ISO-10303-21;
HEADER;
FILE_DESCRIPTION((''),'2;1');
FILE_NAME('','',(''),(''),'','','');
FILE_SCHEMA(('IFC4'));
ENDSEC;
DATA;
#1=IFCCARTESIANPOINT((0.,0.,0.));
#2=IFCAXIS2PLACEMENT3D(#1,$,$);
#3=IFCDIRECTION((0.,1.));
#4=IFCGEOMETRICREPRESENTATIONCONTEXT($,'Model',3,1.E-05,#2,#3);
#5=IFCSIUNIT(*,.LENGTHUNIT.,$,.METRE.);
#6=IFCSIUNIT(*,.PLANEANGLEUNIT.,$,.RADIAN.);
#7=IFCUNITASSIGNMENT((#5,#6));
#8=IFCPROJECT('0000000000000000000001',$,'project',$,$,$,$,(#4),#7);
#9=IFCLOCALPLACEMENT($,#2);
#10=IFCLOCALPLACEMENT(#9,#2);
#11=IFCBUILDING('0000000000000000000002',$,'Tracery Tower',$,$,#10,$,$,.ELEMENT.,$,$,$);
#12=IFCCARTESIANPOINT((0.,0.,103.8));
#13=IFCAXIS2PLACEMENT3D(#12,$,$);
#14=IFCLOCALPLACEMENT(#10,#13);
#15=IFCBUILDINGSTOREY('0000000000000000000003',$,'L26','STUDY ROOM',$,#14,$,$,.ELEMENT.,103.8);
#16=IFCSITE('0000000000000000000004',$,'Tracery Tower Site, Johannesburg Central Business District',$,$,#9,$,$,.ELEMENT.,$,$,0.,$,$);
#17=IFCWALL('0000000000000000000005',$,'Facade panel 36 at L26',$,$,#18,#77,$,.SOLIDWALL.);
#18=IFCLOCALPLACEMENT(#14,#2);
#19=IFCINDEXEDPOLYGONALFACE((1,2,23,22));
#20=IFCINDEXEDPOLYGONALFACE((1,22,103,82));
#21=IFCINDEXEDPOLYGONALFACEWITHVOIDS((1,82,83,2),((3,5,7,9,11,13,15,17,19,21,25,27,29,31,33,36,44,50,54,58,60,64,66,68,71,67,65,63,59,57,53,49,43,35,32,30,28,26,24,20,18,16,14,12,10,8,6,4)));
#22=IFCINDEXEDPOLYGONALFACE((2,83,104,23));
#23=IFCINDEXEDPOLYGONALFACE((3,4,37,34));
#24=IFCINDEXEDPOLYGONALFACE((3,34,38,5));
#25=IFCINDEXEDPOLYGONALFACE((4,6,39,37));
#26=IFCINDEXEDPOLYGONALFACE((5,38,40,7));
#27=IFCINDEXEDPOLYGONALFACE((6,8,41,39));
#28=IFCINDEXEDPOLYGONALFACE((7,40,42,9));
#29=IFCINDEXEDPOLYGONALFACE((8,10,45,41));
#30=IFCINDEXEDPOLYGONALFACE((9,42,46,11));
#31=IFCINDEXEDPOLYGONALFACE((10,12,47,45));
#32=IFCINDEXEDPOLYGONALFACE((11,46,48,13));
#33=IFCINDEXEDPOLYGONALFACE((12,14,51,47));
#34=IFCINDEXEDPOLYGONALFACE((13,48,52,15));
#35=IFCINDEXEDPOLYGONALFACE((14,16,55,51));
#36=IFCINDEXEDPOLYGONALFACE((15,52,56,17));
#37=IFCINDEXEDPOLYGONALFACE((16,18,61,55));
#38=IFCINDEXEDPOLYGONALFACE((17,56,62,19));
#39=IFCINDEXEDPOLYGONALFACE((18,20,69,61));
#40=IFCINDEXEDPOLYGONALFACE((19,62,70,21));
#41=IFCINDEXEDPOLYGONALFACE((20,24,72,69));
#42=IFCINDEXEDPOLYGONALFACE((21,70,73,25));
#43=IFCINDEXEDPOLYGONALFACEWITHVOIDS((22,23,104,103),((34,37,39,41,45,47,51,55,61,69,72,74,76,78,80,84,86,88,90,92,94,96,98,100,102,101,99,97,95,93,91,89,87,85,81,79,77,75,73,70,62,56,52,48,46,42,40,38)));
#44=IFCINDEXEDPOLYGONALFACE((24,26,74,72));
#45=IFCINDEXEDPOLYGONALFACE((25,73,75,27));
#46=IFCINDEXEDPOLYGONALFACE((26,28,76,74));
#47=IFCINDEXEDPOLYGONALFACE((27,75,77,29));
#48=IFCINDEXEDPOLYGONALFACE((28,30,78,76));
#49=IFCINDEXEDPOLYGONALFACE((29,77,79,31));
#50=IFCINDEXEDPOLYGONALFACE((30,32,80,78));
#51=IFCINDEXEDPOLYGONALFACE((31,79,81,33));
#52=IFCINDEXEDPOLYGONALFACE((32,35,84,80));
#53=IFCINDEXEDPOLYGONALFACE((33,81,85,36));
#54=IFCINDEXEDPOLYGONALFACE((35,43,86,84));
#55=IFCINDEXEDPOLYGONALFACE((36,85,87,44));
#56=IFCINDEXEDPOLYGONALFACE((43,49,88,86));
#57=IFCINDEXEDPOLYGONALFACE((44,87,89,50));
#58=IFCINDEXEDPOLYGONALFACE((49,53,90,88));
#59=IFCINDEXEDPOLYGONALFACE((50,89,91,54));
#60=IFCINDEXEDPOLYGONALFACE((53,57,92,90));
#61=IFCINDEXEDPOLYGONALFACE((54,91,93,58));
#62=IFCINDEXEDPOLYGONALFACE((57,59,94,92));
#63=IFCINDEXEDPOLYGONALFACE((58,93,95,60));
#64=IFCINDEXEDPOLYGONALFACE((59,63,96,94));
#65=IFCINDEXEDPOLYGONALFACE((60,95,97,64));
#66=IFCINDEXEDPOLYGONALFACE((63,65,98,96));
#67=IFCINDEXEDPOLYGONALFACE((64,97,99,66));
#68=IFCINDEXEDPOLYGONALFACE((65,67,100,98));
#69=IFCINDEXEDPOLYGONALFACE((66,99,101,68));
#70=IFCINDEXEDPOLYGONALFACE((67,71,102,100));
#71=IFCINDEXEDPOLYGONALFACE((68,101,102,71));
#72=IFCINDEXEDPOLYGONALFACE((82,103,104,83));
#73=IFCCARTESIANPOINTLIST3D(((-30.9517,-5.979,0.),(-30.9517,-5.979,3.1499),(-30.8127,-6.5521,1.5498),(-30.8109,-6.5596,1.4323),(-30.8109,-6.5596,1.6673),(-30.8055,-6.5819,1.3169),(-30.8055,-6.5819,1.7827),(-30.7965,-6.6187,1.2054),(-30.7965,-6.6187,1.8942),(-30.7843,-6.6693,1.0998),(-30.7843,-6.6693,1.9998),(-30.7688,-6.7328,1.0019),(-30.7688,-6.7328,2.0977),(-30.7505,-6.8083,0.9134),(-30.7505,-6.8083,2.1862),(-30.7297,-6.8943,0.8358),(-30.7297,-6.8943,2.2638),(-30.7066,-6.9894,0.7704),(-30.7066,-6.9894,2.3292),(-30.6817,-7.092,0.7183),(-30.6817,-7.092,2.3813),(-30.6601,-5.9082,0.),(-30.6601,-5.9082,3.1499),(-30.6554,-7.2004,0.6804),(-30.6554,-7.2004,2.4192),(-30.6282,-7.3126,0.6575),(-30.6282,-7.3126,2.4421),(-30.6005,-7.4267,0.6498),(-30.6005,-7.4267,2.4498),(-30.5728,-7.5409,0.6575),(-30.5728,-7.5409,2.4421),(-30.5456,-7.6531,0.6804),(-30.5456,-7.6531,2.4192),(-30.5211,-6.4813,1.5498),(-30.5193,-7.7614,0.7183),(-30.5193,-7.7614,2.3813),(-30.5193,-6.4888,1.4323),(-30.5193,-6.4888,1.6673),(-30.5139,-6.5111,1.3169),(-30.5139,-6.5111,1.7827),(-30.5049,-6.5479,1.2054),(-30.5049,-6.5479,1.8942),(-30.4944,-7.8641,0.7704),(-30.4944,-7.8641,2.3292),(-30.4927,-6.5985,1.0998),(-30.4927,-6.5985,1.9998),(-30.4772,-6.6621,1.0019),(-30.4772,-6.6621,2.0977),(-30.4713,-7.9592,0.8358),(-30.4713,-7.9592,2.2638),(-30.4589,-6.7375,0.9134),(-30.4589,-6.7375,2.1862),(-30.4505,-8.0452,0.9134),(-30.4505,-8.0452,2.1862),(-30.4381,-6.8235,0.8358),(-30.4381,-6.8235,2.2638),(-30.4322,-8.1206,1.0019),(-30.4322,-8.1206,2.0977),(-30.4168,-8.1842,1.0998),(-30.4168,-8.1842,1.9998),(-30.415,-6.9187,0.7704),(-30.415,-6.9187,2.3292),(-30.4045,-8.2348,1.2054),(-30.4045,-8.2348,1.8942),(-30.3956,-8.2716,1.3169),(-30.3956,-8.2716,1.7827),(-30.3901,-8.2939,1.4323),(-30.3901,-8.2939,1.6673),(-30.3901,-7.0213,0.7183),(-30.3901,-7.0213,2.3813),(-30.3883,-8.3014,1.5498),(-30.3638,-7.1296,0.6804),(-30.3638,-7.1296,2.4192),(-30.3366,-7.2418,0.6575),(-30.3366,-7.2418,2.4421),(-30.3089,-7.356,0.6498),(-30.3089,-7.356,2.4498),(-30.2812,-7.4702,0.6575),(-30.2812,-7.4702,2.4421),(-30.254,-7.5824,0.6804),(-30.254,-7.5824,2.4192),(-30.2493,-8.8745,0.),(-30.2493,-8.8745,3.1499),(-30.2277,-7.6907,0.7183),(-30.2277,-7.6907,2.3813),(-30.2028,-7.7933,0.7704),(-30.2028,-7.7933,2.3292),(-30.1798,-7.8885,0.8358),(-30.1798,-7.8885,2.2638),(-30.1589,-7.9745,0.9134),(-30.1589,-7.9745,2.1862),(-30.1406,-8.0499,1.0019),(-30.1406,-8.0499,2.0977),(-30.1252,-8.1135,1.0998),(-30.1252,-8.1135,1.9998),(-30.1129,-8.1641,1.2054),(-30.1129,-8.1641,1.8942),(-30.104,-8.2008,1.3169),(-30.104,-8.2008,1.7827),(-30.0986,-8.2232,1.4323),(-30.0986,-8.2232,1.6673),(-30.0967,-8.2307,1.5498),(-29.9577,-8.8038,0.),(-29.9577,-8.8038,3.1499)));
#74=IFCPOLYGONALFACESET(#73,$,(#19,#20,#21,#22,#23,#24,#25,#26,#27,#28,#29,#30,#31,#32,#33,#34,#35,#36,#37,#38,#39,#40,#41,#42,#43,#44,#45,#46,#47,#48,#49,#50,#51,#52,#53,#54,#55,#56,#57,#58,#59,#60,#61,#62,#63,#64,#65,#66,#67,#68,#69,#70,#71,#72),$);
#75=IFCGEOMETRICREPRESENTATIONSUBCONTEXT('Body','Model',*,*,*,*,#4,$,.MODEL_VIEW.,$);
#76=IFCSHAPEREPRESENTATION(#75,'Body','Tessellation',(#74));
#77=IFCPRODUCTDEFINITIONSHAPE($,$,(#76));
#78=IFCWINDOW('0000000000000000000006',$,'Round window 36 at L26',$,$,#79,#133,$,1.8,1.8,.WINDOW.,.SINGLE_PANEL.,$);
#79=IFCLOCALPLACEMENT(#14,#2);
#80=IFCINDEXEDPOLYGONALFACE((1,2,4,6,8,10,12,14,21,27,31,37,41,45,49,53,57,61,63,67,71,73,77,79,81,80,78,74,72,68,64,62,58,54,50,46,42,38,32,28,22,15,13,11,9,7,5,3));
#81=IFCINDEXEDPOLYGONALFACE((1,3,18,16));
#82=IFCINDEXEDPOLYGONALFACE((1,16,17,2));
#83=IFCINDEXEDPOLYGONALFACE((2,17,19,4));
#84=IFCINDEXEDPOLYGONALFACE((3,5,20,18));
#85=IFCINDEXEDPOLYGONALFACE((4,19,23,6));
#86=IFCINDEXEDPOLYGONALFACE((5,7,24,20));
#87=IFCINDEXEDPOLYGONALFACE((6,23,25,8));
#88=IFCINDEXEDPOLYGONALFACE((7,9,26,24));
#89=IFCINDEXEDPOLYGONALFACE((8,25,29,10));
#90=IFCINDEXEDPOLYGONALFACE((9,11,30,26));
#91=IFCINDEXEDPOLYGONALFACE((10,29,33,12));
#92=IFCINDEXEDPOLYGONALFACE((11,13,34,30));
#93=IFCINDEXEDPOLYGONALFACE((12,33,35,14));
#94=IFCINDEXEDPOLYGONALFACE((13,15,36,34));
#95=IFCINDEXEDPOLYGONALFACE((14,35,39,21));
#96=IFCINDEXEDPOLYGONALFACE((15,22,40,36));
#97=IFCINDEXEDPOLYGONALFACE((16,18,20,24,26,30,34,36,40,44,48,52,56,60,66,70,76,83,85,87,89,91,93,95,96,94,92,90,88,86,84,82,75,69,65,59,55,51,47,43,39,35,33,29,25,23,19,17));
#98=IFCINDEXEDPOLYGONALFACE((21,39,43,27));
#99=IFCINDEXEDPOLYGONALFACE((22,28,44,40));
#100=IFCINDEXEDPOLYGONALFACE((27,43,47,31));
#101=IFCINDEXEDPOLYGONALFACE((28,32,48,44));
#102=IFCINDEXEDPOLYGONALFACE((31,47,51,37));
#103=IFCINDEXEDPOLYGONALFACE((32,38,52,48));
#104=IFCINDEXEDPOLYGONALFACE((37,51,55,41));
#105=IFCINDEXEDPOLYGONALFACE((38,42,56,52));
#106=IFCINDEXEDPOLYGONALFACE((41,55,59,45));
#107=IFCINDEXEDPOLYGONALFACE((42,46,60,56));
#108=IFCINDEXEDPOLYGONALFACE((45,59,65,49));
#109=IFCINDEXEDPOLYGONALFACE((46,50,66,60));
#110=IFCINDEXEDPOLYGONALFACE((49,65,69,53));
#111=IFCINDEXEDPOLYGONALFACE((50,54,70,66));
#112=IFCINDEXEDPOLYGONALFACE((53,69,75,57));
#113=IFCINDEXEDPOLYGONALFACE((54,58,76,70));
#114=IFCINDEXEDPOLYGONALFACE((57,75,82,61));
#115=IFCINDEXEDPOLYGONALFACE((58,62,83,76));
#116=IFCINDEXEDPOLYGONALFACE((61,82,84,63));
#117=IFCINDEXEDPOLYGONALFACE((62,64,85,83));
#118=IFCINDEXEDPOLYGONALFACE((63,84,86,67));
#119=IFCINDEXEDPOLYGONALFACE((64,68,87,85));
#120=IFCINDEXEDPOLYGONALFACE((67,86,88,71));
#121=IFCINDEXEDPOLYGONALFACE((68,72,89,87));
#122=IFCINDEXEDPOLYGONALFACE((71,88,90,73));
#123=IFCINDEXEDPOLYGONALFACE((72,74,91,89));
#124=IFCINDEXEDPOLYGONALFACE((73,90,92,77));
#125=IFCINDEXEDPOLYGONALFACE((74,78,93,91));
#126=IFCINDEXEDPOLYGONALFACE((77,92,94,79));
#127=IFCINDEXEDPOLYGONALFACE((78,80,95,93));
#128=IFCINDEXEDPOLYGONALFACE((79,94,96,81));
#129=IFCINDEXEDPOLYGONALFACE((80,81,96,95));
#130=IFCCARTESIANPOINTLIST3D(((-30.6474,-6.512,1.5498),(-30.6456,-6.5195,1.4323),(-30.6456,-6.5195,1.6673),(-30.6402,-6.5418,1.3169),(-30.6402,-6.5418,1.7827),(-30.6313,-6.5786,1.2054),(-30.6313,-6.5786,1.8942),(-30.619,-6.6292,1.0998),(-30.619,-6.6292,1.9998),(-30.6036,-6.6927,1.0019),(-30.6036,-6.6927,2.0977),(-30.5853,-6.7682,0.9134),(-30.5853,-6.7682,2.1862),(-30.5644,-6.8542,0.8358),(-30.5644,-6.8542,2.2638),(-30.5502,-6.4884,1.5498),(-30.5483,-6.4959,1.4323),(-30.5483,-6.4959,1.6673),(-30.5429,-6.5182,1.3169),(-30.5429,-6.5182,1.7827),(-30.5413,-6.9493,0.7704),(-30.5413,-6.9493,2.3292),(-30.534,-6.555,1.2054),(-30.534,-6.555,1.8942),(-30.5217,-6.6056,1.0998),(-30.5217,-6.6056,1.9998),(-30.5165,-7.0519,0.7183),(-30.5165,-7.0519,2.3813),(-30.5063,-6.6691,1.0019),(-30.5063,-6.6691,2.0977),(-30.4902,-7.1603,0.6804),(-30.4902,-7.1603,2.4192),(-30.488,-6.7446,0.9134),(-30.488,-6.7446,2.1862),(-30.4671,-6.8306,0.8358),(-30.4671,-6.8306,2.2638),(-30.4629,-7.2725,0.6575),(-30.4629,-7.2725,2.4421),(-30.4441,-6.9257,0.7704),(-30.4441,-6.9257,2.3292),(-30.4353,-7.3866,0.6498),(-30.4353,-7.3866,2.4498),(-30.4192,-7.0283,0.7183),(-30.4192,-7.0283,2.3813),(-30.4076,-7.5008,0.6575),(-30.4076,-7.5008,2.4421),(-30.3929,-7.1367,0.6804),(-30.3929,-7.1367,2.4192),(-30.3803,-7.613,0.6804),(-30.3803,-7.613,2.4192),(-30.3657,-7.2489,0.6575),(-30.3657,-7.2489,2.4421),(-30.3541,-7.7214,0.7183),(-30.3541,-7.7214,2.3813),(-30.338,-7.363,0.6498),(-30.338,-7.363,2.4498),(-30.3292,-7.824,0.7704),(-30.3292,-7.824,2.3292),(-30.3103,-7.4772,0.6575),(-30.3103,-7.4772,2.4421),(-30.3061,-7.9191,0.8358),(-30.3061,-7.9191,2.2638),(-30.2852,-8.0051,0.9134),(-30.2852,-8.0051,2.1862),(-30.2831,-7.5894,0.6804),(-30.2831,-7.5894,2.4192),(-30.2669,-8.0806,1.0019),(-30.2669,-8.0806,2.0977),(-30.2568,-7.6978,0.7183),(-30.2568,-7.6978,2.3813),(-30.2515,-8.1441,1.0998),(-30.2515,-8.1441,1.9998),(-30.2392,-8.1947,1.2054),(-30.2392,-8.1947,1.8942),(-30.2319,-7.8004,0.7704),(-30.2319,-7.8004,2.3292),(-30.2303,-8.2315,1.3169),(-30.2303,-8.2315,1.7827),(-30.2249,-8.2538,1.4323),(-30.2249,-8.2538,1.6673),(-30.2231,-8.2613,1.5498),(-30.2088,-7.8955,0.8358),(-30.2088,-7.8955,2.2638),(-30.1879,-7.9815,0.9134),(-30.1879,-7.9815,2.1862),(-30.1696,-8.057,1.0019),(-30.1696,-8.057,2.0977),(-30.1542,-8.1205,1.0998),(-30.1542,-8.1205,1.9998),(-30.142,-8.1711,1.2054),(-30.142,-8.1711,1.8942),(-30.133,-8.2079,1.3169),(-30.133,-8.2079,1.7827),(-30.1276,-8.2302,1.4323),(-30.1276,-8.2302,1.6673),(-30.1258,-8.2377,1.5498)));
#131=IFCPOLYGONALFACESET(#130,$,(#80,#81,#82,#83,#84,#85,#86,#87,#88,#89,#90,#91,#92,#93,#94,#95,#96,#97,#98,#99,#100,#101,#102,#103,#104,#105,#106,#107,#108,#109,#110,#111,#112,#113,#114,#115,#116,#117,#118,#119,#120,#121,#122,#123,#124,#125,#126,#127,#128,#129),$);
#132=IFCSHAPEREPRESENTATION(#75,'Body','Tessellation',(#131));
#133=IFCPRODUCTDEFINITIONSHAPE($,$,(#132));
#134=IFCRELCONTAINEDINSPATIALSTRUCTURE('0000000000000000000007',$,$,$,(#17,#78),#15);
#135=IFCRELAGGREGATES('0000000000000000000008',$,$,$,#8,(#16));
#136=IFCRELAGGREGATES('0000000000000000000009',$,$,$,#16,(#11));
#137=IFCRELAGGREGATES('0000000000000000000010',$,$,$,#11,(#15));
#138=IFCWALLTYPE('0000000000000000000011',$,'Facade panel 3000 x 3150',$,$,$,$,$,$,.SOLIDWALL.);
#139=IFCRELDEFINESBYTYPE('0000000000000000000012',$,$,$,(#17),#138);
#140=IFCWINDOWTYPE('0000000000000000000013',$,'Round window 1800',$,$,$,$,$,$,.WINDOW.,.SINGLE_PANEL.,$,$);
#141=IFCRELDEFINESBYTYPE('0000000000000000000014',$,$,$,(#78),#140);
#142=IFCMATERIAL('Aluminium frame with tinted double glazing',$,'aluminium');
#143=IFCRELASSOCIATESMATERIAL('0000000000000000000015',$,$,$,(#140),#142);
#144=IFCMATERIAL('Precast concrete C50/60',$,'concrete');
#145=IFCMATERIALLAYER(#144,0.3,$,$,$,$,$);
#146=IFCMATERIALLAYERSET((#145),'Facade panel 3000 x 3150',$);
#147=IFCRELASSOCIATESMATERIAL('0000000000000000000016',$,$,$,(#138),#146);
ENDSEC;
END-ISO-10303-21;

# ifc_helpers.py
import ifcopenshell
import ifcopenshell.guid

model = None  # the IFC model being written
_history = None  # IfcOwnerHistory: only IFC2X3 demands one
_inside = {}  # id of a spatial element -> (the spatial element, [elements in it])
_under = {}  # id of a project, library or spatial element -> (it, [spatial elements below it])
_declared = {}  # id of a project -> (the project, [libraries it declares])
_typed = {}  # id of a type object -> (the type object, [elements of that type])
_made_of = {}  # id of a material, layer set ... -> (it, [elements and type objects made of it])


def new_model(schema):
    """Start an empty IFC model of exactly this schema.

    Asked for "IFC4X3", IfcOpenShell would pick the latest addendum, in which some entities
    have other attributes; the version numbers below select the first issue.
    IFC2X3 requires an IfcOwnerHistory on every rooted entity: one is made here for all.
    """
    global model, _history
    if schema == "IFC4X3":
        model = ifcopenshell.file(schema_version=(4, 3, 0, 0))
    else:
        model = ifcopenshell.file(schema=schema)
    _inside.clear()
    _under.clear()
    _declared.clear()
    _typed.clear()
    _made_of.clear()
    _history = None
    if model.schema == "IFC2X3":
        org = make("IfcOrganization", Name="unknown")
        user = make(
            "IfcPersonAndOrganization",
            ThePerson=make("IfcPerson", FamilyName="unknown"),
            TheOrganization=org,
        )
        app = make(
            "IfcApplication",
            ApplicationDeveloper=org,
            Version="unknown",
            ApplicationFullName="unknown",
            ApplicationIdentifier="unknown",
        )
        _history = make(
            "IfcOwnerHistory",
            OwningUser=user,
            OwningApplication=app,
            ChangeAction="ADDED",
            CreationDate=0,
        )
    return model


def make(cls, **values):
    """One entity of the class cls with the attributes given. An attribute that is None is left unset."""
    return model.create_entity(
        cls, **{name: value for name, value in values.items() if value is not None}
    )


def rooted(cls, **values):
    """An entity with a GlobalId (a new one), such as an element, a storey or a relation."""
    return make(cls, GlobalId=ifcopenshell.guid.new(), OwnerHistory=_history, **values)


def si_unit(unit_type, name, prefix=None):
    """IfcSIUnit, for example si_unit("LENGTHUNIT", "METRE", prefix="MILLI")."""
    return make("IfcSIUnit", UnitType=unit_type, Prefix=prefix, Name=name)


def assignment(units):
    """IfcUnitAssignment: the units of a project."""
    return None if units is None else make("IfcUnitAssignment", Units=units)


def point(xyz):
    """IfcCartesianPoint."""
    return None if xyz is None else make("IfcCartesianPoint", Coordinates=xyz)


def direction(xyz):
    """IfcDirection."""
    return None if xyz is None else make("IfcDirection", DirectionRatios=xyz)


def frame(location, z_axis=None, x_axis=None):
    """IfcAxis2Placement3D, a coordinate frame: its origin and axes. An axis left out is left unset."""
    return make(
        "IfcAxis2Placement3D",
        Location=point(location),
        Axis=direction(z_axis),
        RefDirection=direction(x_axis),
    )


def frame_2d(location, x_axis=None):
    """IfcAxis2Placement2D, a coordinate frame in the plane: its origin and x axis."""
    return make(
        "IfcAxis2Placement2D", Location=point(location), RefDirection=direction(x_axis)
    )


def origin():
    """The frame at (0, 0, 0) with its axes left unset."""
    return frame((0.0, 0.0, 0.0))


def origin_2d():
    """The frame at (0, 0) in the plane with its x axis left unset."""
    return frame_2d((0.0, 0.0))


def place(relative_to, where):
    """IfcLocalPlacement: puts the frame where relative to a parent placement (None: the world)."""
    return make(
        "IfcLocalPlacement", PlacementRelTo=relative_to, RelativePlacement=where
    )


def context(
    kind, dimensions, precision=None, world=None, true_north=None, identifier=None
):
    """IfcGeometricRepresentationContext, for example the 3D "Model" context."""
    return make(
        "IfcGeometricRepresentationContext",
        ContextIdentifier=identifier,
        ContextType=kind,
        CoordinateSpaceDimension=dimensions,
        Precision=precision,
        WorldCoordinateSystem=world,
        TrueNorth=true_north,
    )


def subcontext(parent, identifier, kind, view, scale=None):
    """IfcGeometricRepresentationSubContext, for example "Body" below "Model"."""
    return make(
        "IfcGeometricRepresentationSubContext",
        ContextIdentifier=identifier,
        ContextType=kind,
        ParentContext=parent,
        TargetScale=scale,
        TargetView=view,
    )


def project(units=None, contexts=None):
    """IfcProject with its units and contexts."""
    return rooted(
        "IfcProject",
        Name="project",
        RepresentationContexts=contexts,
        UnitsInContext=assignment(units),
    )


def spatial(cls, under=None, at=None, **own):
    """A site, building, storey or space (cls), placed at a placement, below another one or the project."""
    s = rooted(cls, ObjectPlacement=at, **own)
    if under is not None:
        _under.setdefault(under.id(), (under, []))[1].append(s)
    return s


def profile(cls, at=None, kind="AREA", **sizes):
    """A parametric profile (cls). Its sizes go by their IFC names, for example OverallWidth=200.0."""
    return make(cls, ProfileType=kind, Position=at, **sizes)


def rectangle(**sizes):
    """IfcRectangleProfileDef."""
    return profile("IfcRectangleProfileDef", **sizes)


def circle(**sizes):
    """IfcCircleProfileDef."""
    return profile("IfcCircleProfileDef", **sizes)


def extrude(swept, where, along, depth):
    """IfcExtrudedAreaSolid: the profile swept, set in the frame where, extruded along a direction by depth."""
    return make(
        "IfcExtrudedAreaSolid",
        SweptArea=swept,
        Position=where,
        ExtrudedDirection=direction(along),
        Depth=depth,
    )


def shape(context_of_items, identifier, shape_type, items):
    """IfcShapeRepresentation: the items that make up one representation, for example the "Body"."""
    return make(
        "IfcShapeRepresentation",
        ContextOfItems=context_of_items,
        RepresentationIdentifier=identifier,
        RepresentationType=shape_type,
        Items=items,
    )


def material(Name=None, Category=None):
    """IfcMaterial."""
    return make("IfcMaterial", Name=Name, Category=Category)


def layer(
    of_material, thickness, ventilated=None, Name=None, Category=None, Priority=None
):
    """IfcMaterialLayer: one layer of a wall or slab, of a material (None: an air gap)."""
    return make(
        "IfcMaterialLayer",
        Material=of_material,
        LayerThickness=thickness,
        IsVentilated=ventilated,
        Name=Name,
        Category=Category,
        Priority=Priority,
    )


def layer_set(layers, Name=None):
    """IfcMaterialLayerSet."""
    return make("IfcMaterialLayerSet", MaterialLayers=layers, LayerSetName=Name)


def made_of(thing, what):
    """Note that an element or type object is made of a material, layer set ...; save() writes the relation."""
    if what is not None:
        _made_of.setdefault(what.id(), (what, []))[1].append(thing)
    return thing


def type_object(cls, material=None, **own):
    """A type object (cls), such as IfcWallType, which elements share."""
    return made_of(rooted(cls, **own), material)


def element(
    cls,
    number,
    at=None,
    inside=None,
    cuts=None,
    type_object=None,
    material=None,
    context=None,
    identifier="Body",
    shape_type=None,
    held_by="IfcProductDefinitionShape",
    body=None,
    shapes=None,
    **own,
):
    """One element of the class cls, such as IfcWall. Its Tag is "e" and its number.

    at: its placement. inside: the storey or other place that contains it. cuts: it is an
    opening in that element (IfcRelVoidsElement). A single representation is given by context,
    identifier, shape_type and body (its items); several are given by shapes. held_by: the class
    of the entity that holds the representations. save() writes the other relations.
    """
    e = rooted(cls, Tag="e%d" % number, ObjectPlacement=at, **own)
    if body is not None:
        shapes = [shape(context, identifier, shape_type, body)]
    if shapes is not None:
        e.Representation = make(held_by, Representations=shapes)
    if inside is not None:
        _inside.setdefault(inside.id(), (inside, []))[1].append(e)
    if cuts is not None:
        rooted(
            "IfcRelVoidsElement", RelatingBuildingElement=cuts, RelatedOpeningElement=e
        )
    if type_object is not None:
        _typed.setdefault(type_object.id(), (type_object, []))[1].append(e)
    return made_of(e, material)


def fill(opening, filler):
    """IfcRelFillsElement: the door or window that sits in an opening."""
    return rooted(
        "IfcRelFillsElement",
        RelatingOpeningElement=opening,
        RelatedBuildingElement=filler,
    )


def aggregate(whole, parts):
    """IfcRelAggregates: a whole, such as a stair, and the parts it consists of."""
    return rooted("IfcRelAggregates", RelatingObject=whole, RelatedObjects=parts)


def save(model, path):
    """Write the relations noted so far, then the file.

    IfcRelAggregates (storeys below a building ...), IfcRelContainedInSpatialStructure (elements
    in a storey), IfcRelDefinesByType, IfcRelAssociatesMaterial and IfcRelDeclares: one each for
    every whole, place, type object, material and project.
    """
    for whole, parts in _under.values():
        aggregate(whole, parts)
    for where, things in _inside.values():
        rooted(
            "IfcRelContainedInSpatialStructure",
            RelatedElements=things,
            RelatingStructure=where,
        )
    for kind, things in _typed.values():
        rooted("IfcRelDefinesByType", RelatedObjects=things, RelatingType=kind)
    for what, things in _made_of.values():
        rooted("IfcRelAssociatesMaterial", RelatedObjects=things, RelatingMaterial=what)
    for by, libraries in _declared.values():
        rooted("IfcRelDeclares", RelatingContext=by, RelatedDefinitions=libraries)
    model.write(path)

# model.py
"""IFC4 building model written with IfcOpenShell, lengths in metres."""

from ifc_helpers import new_model, si_unit, direction, frame, frame_2d, origin, origin_2d, place, context, subcontext, project, spatial, rectangle, circle, extrude, material, layer, layer_set, type_object, element, fill, save


model = new_model("IFC4")

# Units and contexts
model_context = context("Model", 3, precision=1e-05, world=origin(), true_north=direction((0.0, 1.0)))
body_context = subcontext(model_context, "Body", "Model", "MODEL_VIEW")
ifc_project = project(units=[si_unit("LENGTHUNIT", "METRE"), si_unit("PLANEANGLEUNIT", "RADIAN")], contexts=[model_context])

# Site, building, storey
site_placement = place(None, origin())
site = spatial("IfcSite", under=ifc_project, at=site_placement, Name="Tracery Tower Site, Johannesburg Central Business District", CompositionType="ELEMENT", RefElevation=0.0)
building_placement = place(site_placement, origin())
building = spatial("IfcBuilding", under=site, at=building_placement, Name="Tracery Tower", CompositionType="ELEMENT")
storey_placement = place(building_placement, frame((0.0, 0.0, 103.8)))
storey = spatial("IfcBuildingStorey", under=building, at=storey_placement, Name="L26", Description="STUDY ROOM", CompositionType="ELEMENT", Elevation=103.8)

# Wall, opening, window
ifc_material_1 = material(Name="Aluminium frame with tinted double glazing", Category="aluminium")
window_type = type_object("IfcWindowType", Name="Round window 1800", PartitioningType="SINGLE_PANEL", PredefinedType="WINDOW", material=ifc_material_1)
ifc_material_2 = material(Name="Precast concrete C50/60", Category="concrete")
ifc_layer_1 = layer(ifc_material_2, 0.3)
ifc_layer_set_1 = layer_set([ifc_layer_1], Name="Facade panel 3000 x 3150")
wall_type_1 = type_object("IfcWallType", Name="Facade panel 3000 x 3150", PredefinedType="SOLIDWALL", material=ifc_layer_set_1)
wall_1_placement = place(storey_placement, frame((-30.8059, -5.9436, 0.0), z_axis=(0.0, 0.0, 1.0), x_axis=(0.235743, -0.971815, 0.0)))
wall_1 = element("IfcWall", 1, at=wall_1_placement, inside=storey, type_object=wall_type_1, Name="Facade panel 36 at L26", PredefinedType="SOLIDWALL", context=body_context, shape_type="SweptSolid", body=[
    extrude(rectangle(XDim=2.9795, YDim=0.3, at=frame_2d((1.4897, 0.0))), origin(), (0.0, 0.0, 1.0), 3.1499),
])
opening_1_placement = place(wall_1_placement, frame((1.4897, 0.0, 1.5498)))
opening_1 = element("IfcOpeningElement", 2, at=opening_1_placement, cuts=wall_1, PredefinedType="OPENING", context=body_context, shape_type="SweptSolid", body=[
    extrude(circle(Radius=0.9, at=origin_2d()), frame((0.0, 0.1599, 0.0), z_axis=(0.0, -1.0, 0.0), x_axis=(1.0, 0.0, 0.0)), (0.0, 0.0, 1.0), 0.3201),
])
window_1_placement = place(opening_1_placement, origin())
window_1 = element("IfcWindow", 3, at=window_1_placement, inside=storey, type_object=window_type, Name="Round window 36 at L26", OverallHeight=1.8, OverallWidth=1.8, PartitioningType="SINGLE_PANEL", PredefinedType="WINDOW", context=body_context, shape_type="SweptSolid", body=[
    extrude(circle(Radius=0.9, at=origin_2d()), frame((0.0, 0.1201, 0.0), z_axis=(0.0, -1.0, 0.0), x_axis=(1.0, 0.0, 0.0)), (0.0, 0.0, 1.0), 0.1001),
])
fill(opening_1, window_1)

save(model, "model.ifc")
